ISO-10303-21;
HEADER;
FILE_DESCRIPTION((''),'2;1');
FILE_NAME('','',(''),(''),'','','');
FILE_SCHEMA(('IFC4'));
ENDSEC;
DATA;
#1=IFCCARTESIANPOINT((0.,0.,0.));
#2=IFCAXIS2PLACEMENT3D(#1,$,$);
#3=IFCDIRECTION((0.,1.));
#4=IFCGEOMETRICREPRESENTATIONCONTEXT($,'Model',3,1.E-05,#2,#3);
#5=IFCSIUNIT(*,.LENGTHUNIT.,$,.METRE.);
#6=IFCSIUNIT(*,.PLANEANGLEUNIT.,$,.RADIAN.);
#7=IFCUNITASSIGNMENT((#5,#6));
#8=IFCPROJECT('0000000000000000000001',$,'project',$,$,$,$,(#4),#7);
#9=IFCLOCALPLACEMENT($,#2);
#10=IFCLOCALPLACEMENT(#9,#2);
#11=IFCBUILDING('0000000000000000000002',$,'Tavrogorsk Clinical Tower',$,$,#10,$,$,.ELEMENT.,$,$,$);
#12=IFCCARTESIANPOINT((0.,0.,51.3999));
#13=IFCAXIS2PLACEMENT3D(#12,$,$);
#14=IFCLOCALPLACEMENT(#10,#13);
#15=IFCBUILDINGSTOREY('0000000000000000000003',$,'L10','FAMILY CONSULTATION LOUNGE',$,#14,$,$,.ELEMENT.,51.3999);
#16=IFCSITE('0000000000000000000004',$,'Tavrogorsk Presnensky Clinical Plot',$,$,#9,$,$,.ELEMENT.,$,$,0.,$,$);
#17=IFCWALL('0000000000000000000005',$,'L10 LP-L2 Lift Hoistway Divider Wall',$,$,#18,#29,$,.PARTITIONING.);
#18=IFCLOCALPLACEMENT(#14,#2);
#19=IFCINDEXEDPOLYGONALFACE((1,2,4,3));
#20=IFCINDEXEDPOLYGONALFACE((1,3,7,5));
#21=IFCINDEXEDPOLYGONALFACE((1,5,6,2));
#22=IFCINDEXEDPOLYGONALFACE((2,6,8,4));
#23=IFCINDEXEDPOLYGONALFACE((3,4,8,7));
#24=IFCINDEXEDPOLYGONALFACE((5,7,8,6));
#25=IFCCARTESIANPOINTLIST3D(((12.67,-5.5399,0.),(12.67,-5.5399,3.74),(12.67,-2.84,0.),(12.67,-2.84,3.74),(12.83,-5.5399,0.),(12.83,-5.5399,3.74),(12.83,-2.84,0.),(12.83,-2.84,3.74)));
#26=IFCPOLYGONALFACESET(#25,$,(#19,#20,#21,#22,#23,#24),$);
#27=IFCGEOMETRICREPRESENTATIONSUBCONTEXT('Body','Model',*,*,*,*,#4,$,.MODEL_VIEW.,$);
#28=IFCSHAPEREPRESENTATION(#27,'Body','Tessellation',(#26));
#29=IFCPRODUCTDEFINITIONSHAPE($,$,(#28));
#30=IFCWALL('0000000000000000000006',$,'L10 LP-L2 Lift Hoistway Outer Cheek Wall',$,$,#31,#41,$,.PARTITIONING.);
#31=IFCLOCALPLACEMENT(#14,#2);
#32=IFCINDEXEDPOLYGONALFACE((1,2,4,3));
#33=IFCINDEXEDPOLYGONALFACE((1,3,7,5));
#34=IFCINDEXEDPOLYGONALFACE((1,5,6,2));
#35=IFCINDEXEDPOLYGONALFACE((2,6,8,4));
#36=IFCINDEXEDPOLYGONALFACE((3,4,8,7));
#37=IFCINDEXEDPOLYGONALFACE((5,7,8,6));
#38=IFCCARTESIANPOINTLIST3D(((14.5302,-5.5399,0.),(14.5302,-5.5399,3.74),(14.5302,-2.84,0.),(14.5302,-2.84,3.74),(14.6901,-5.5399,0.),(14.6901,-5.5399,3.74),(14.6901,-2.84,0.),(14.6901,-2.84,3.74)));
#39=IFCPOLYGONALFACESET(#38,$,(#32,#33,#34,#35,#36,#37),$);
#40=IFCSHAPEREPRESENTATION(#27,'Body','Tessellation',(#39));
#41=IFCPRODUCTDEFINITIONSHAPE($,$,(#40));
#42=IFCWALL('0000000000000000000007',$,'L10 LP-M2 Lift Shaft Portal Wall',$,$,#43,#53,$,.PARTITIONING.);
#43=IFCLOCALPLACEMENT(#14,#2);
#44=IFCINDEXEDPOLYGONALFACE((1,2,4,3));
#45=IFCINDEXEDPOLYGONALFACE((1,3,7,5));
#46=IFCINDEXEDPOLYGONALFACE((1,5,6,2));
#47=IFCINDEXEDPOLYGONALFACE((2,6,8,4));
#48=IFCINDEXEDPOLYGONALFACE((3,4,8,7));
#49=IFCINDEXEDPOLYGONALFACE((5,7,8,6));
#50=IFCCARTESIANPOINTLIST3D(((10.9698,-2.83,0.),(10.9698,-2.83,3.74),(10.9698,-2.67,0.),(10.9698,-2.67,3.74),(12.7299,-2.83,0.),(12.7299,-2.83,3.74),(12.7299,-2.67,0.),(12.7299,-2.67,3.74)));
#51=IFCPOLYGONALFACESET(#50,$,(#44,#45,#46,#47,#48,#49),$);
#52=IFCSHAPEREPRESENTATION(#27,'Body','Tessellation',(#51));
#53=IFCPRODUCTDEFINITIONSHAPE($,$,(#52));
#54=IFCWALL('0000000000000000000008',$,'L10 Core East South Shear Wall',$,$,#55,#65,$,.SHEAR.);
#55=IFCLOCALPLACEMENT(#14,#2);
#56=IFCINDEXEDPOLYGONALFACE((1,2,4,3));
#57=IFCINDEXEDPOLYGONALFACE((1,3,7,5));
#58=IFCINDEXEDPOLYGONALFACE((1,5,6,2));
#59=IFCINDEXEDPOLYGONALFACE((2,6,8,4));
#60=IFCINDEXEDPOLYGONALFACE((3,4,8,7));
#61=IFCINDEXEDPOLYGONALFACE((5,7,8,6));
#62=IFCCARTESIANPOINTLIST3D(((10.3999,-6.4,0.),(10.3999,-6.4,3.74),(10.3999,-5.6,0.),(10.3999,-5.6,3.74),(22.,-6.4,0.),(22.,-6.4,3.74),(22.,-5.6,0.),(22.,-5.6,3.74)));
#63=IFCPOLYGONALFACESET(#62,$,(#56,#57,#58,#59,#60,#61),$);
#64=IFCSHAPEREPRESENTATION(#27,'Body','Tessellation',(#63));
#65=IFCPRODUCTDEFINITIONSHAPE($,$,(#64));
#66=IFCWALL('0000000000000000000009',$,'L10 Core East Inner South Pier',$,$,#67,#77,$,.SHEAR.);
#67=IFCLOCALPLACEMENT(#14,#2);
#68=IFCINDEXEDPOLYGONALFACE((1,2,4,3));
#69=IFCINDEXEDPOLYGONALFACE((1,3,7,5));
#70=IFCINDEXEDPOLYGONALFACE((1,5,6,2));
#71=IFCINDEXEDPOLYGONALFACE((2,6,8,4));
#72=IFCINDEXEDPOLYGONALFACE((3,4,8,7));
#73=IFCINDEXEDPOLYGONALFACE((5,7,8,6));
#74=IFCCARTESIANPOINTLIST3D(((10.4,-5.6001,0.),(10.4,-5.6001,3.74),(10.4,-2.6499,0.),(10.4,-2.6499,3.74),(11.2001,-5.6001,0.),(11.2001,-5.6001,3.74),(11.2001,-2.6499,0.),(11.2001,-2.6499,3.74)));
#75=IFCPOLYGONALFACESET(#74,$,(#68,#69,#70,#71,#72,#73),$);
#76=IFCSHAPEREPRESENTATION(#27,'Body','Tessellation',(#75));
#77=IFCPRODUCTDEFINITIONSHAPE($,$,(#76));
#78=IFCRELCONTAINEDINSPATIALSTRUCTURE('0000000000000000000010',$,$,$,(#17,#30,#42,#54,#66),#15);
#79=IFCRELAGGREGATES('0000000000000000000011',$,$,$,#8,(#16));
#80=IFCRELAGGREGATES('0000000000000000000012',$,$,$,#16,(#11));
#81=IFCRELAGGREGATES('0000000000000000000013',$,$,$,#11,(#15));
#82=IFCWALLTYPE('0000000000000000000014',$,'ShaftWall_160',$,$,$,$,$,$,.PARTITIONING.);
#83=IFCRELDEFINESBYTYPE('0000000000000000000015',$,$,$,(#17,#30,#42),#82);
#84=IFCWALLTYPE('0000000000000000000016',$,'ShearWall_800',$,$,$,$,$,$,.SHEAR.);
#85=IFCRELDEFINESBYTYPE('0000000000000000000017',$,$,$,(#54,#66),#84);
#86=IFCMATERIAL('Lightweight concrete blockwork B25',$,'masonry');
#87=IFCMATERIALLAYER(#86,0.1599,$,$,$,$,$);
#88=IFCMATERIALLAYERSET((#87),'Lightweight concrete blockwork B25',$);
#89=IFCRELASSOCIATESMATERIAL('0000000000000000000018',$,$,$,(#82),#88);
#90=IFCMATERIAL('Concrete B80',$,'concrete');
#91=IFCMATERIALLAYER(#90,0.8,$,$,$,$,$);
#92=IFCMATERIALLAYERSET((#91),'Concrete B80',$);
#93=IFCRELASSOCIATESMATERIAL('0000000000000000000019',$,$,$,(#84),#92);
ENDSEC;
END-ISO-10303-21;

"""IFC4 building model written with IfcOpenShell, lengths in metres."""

from ifc_helpers import new_model, si_unit, direction, frame, frame_2d, origin, place, context, subcontext, project, spatial, rectangle, extrude, material, layer, layer_set, type_object, element, save


model = new_model("IFC4")

# Units and contexts
model_context = context("Model", 3, precision=1e-05, world=origin(), true_north=direction((0.0, 1.0)))
body_context = subcontext(model_context, "Body", "Model", "MODEL_VIEW")
ifc_project = project(units=[si_unit("LENGTHUNIT", "METRE"), si_unit("PLANEANGLEUNIT", "RADIAN")], contexts=[model_context])

# Site, building, storey
site_placement = place(None, origin())
site = spatial("IfcSite", under=ifc_project, at=site_placement, Name="Tavrogorsk Presnensky Clinical Plot", CompositionType="ELEMENT", RefElevation=0.0)
building_placement = place(site_placement, origin())
building = spatial("IfcBuilding", under=site, at=building_placement, Name="Tavrogorsk Clinical Tower", CompositionType="ELEMENT")
storey_placement = place(building_placement, frame((0.0, 0.0, 51.3999)))
storey = spatial("IfcBuildingStorey", under=building, at=storey_placement, Name="L10", Description="FAMILY CONSULTATION LOUNGE", CompositionType="ELEMENT", Elevation=51.3999)

# Shared definitions
ifc_material_1 = material(Name="Lightweight concrete blockwork B25", Category="masonry")
ifc_layer_1 = layer(ifc_material_1, 0.1599)
ifc_layer_set_1 = layer_set([ifc_layer_1], Name="Lightweight concrete blockwork B25")
wall_type_1 = type_object("IfcWallType", Name="ShaftWall_160", PredefinedType="PARTITIONING", material=ifc_layer_set_1)

# Walls
for number, where, z_axis, x_axis, name in (
    (1, (12.75, -5.54, 0.0), (0.0, 0.0, 1.0), (0.0, 1.0, 0.0), "L10 LP-L2 Lift Hoistway Divider Wall"),
    (2, (14.6101, -5.54, 0.0), (0.0, 0.0, 1.0), (0.0, 1.0, 0.0), "L10 LP-L2 Lift Hoistway Outer Cheek Wall"),
):
    element("IfcWall", number, at=place(storey_placement, frame(where, z_axis=z_axis, x_axis=x_axis)), inside=storey, type_object=wall_type_1, Name=name, PredefinedType="PARTITIONING", context=body_context, shape_type="SweptSolid", body=[
        extrude(rectangle(XDim=2.7, YDim=0.1599, at=frame_2d((1.3501, 0.0))), origin(), (0.0, 0.0, 1.0), 3.74),
    ])
wall_1_placement = place(storey_placement, frame((10.97, -2.75, 0.0), z_axis=(0.0, 0.0, 1.0), x_axis=(1.0, 0.0, 0.0)))
element("IfcWall", 3, at=wall_1_placement, inside=storey, type_object=wall_type_1, Name="L10 LP-M2 Lift Shaft Portal Wall", PredefinedType="PARTITIONING", context=body_context, shape_type="SweptSolid", body=[
    extrude(rectangle(XDim=1.76, YDim=0.1599, at=frame_2d((0.8799, 0.0))), origin(), (0.0, 0.0, 1.0), 3.74),
])
ifc_material_2 = material(Name="Concrete B80", Category="concrete")
ifc_layer_2 = layer(ifc_material_2, 0.8)
ifc_layer_set_2 = layer_set([ifc_layer_2], Name="Concrete B80")
wall_type_2 = type_object("IfcWallType", Name="ShearWall_800", PredefinedType="SHEAR", material=ifc_layer_set_2)
wall_2_placement = place(storey_placement, frame((10.3999, -6.0, 0.0), z_axis=(0.0, 0.0, 1.0), x_axis=(1.0, 0.0, 0.0)))
element("IfcWall", 4, at=wall_2_placement, inside=storey, type_object=wall_type_2, Name="L10 Core East South Shear Wall", PredefinedType="SHEAR", context=body_context, shape_type="SweptSolid", body=[
    extrude(rectangle(XDim=11.6001, YDim=0.8, at=frame_2d((5.8, 0.0))), origin(), (0.0, 0.0, 1.0), 3.74),
])
wall_3_placement = place(storey_placement, frame((10.8, -5.6001, 0.0), z_axis=(0.0, 0.0, 1.0), x_axis=(0.0, 1.0, 0.0)))
element("IfcWall", 5, at=wall_3_placement, inside=storey, type_object=wall_type_2, Name="L10 Core East Inner South Pier", PredefinedType="SHEAR", context=body_context, shape_type="SweptSolid", body=[
    extrude(rectangle(XDim=2.9502, YDim=0.8, at=frame_2d((1.4751, 0.0))), origin(), (0.0, 0.0, 1.0), 3.74),
])

save(model, "model.ifc")
